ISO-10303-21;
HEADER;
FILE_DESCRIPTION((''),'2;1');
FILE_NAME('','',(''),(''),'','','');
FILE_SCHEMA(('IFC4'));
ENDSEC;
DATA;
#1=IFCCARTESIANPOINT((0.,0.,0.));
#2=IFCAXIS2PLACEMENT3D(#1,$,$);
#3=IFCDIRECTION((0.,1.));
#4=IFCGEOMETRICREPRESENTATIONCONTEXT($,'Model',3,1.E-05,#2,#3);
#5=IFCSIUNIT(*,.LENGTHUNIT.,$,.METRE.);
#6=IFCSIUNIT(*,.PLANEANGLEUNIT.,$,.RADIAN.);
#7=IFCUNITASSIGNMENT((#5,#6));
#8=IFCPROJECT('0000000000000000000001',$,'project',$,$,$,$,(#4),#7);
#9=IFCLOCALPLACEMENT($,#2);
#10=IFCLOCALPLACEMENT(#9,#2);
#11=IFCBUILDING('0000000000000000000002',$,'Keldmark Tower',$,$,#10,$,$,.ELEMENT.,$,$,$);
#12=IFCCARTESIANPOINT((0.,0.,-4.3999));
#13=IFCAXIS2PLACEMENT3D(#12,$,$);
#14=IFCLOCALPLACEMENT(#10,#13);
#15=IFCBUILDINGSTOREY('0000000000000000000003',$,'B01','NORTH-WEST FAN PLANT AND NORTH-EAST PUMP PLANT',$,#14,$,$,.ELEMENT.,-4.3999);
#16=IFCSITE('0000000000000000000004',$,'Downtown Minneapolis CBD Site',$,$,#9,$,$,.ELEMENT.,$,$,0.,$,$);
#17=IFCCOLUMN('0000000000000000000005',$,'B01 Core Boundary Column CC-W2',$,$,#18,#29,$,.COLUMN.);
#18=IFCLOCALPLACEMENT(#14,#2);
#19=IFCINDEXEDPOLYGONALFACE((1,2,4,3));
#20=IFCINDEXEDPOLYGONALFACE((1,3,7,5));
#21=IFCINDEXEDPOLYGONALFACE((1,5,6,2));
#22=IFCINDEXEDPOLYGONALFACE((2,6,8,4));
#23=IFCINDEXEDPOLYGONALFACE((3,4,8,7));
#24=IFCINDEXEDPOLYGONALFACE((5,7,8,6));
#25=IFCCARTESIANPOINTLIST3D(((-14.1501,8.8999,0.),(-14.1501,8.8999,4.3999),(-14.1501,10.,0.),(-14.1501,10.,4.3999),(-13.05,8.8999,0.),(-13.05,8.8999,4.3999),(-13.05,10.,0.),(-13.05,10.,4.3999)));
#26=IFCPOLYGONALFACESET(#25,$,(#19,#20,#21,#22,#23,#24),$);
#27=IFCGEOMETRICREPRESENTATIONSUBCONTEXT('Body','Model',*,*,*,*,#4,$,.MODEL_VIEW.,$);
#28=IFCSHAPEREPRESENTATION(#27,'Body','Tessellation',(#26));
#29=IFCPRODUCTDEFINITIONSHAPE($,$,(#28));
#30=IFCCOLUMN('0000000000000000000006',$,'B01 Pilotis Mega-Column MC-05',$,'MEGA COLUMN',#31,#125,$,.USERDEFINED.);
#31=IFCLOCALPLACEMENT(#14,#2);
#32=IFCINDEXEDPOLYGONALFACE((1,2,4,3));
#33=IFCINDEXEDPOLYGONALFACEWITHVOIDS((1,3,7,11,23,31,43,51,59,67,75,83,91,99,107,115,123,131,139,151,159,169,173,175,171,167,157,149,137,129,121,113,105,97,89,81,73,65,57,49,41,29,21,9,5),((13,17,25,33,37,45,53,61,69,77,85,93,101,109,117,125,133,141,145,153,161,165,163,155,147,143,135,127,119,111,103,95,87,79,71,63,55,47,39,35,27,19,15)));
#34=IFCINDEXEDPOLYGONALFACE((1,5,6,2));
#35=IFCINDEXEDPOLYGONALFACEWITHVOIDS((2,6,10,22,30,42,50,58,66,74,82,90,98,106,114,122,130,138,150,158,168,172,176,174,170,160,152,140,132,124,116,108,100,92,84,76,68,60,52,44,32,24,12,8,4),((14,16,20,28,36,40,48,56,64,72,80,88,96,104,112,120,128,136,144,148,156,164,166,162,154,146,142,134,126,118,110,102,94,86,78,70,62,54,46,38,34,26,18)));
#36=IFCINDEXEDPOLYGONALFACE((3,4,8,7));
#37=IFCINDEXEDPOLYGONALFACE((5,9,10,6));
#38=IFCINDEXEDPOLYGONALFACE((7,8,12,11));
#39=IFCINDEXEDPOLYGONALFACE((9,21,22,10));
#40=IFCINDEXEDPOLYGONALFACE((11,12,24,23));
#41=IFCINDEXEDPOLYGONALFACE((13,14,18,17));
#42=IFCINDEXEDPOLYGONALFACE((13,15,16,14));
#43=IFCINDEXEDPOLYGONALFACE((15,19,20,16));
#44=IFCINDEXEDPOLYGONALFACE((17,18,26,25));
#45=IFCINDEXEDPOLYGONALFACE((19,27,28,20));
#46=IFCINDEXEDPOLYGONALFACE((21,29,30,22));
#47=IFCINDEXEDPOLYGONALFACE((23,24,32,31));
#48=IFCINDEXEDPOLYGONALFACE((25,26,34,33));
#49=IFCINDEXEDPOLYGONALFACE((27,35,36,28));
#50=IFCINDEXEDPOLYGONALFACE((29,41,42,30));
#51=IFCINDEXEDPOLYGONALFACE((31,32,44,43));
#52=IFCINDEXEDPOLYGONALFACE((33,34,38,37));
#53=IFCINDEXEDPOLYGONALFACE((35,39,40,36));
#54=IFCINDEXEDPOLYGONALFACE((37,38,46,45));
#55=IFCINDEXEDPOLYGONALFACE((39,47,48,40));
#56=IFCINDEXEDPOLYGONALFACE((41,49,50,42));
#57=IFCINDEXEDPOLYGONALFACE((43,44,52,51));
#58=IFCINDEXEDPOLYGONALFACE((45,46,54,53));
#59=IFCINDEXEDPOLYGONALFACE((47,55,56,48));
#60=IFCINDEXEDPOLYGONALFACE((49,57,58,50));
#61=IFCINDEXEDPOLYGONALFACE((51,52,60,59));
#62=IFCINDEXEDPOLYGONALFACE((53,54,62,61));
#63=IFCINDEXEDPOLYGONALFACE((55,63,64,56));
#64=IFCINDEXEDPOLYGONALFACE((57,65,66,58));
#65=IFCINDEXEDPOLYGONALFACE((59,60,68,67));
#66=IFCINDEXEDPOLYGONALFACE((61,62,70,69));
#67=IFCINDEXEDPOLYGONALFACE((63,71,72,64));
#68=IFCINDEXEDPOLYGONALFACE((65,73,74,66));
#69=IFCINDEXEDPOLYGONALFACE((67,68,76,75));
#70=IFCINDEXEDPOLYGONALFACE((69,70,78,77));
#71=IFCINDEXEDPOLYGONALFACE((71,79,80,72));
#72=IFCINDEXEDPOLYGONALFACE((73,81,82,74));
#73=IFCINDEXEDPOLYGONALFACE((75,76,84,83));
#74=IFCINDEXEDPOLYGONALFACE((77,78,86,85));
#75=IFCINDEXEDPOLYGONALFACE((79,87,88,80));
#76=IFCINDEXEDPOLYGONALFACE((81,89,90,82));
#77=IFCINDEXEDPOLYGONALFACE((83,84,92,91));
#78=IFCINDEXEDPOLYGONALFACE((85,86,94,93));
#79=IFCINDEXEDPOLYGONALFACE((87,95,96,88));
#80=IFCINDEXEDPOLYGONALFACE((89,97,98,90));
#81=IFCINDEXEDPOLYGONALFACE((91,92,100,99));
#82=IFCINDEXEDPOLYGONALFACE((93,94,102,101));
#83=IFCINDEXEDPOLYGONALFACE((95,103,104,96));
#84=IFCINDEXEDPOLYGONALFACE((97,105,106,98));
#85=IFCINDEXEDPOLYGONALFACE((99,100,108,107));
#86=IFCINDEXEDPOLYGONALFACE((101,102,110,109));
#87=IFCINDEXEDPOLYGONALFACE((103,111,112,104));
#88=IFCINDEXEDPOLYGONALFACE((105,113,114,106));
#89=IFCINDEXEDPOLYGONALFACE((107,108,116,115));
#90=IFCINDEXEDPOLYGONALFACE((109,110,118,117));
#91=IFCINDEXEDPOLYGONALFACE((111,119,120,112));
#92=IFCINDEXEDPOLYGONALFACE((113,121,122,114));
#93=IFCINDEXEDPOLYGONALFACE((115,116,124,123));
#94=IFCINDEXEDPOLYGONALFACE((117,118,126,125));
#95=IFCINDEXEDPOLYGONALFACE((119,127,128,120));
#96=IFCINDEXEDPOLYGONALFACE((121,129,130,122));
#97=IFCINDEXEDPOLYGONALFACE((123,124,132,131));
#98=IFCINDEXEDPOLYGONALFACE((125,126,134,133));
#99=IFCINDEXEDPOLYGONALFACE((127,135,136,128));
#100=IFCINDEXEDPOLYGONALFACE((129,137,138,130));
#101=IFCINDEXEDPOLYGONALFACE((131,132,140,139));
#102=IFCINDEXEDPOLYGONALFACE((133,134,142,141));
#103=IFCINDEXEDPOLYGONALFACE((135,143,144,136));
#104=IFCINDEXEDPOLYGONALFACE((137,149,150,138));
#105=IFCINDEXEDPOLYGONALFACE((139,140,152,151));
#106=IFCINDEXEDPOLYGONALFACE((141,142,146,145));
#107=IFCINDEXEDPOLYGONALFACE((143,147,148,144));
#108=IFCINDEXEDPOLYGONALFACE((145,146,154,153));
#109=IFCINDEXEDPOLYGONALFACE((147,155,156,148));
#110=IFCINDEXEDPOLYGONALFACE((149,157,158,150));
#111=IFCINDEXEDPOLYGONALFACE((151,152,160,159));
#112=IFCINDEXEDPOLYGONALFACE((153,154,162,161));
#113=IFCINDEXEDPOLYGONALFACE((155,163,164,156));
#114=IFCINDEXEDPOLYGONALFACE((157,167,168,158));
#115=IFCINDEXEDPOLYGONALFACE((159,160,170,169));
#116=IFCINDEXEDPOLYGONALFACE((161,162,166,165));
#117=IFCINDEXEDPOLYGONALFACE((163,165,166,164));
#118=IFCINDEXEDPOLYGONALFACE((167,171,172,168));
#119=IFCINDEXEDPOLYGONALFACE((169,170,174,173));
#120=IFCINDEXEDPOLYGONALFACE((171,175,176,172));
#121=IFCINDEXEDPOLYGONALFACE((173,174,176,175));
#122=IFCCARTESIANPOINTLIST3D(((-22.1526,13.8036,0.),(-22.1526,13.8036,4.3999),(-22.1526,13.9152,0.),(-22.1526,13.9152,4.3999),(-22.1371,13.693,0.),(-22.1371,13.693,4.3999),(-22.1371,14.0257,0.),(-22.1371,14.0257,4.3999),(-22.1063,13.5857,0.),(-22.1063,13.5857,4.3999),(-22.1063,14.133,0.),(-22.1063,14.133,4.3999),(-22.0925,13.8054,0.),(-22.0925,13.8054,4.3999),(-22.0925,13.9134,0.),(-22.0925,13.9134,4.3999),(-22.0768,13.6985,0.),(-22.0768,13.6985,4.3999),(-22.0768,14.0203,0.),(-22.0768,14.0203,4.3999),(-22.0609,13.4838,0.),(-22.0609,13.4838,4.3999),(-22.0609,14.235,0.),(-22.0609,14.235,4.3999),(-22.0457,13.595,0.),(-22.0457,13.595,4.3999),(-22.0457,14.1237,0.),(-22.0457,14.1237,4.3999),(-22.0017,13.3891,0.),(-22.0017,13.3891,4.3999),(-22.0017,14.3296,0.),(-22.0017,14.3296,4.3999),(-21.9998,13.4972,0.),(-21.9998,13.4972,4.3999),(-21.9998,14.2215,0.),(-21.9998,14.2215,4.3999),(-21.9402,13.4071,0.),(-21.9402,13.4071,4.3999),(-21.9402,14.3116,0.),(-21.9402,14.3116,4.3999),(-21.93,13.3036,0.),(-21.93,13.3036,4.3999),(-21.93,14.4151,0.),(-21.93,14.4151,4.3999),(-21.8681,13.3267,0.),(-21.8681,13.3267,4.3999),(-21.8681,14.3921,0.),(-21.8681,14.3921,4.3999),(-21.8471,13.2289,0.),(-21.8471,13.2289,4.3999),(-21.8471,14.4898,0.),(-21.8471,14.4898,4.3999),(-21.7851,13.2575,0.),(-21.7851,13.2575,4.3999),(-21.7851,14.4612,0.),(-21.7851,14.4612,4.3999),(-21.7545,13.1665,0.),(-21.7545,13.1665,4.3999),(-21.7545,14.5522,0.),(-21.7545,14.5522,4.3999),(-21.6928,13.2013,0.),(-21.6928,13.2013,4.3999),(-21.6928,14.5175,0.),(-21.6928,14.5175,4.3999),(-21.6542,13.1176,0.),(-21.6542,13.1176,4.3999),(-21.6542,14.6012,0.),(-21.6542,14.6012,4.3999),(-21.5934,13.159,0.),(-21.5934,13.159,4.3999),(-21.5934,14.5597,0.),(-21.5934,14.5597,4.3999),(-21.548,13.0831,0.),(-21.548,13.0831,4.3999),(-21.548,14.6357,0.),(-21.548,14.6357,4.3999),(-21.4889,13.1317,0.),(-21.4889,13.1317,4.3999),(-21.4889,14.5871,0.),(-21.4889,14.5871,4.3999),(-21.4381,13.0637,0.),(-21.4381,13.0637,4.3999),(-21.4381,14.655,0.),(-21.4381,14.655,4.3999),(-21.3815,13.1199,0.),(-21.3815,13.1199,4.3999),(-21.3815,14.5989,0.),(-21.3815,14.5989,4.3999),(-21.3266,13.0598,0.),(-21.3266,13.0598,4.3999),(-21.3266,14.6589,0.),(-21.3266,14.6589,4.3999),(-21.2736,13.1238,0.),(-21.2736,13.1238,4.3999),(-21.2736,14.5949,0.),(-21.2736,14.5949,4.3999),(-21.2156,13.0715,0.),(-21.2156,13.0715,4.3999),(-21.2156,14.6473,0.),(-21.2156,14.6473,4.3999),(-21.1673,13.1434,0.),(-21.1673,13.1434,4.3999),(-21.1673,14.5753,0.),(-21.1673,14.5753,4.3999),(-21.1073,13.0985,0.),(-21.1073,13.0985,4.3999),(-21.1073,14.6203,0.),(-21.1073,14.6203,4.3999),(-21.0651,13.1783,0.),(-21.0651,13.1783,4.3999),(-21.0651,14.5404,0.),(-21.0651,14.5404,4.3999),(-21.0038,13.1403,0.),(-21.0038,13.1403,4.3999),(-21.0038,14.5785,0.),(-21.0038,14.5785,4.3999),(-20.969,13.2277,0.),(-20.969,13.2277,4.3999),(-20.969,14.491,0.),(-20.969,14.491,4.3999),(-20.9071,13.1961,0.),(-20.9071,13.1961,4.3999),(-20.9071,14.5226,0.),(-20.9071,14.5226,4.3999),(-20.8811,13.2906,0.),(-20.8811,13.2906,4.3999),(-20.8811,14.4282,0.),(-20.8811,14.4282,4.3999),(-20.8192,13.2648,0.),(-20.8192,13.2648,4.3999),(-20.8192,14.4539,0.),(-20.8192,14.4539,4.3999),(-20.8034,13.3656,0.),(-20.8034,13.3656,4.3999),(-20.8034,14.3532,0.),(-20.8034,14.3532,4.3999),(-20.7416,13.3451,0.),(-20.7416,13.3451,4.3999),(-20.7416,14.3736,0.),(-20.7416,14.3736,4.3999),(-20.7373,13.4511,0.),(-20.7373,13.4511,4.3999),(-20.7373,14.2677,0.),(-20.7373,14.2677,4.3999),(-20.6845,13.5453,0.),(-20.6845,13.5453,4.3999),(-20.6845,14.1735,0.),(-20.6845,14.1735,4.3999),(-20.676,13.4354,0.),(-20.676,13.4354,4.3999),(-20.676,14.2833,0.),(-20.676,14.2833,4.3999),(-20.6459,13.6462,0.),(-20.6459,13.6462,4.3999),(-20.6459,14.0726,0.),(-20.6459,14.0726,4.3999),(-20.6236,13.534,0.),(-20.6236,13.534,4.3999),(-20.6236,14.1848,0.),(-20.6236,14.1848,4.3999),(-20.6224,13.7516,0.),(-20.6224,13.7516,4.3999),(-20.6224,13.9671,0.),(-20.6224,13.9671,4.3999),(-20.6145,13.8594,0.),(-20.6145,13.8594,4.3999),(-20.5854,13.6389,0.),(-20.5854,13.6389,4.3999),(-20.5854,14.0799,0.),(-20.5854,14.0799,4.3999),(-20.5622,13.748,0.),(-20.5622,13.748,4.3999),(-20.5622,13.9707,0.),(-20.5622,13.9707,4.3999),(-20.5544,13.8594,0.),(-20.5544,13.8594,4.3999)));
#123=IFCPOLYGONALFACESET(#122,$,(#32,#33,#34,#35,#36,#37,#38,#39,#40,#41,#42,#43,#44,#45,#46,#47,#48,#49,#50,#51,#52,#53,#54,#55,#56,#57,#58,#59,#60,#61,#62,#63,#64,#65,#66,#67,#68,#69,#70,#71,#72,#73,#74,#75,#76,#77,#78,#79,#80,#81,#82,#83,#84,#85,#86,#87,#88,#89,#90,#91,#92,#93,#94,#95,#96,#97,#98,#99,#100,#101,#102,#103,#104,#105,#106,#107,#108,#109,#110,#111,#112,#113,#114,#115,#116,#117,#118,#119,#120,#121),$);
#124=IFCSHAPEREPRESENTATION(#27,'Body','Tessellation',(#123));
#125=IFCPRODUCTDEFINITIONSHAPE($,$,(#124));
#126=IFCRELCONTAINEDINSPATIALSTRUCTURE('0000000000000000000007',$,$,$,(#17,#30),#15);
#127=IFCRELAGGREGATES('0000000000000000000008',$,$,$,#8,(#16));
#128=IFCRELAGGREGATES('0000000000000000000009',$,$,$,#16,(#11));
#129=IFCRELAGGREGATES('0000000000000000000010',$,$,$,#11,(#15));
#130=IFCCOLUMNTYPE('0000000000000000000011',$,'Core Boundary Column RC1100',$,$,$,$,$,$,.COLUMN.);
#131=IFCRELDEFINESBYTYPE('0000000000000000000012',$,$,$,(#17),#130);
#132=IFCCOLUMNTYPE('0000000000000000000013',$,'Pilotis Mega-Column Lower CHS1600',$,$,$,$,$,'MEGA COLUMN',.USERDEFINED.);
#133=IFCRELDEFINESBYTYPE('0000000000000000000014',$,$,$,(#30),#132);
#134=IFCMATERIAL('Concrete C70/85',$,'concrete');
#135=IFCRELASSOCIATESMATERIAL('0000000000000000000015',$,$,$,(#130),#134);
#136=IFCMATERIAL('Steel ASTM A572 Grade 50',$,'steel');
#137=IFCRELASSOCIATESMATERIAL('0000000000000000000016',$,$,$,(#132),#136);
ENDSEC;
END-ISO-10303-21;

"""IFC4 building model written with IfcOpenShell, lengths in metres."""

from ifc_helpers import new_model, si_unit, direction, frame, origin, origin_2d, place, context, subcontext, project, spatial, rectangle, hollow_circle, extrude, material, material_profile, profile_set, type_object, element, save


model = new_model("IFC4")

# Units and contexts
model_context = context("Model", 3, precision=1e-05, world=origin(), true_north=direction((0.0, 1.0)))
body_context = subcontext(model_context, "Body", "Model", "MODEL_VIEW")
ifc_project = project(units=[si_unit("LENGTHUNIT", "METRE"), si_unit("PLANEANGLEUNIT", "RADIAN")], contexts=[model_context])

# Site, building, storey
site_placement = place(None, origin())
site = spatial("IfcSite", under=ifc_project, at=site_placement, Name="Downtown Minneapolis CBD Site", CompositionType="ELEMENT", RefElevation=0.0)
building_placement = place(site_placement, origin())
building = spatial("IfcBuilding", under=site, at=building_placement, Name="Keldmark Tower", CompositionType="ELEMENT")
storey_placement = place(building_placement, frame((0.0, 0.0, -4.3999)))
storey = spatial("IfcBuildingStorey", under=building, at=storey_placement, Name="B01", Description="NORTH-WEST FAN PLANT AND NORTH-EAST PUMP PLANT", CompositionType="ELEMENT", Elevation=-4.3999)

# Columns
ifc_material_1 = material(Name="Concrete C70/85", Category="concrete")
ifc_material_profile_1 = material_profile(ifc_material_1, rectangle(XDim=1.1001, YDim=1.1001, at=origin_2d()), Name="RC1100X1100")
ifc_profile_set_1 = profile_set([ifc_material_profile_1], Name="Concrete C70/85")
column_type_1 = type_object("IfcColumnType", Name="Core Boundary Column RC1100", PredefinedType="COLUMN", material=ifc_profile_set_1)
column_placement = place(storey_placement, frame((-13.6001, 9.45, 0.0), z_axis=(0.0, 0.0, 1.0), x_axis=(1.0, 0.0, 0.0)))
element("IfcColumn", 1, at=column_placement, inside=storey, type_object=column_type_1, Name="B01 Core Boundary Column CC-W2", PredefinedType="COLUMN", context=body_context, shape_type="SweptSolid", body=[
    extrude(rectangle(XDim=1.1001, YDim=1.1001, at=origin_2d()), origin(), (0.0, 0.0, 1.0), 4.3999),
])
ifc_material_2 = material(Name="Steel ASTM A572 Grade 50", Category="steel")
ifc_material_profile_2 = material_profile(ifc_material_2, hollow_circle(Radius=0.8, WallThickness=0.0601, at=origin_2d()), Name="CHS1600X60")
ifc_profile_set_2 = profile_set([ifc_material_profile_2], Name="Steel ASTM A572 Grade 50")
column_type_2 = type_object("IfcColumnType", Name="Pilotis Mega-Column Lower CHS1600", ElementType="MEGA COLUMN", PredefinedType="USERDEFINED", material=ifc_profile_set_2)
for number, where, z_axis, x_axis, name in (
    (2, (-21.3545, 13.8594, 0.0), (0.0, 0.0, 1.0), (1.0, 0.0, 0.0), "B01 Pilotis Mega-Column MC-05"),
):
    element("IfcColumn", number, at=place(storey_placement, frame(where, z_axis=z_axis, x_axis=x_axis)), inside=storey, type_object=column_type_2, Name=name, ObjectType="MEGA COLUMN", PredefinedType="USERDEFINED", context=body_context, shape_type="SweptSolid", body=[
        extrude(hollow_circle(Radius=0.8, WallThickness=0.0601, at=origin_2d()), origin(), (0.0, 0.0, 1.0), 4.3999),
    ])

save(model, "model.ifc")
